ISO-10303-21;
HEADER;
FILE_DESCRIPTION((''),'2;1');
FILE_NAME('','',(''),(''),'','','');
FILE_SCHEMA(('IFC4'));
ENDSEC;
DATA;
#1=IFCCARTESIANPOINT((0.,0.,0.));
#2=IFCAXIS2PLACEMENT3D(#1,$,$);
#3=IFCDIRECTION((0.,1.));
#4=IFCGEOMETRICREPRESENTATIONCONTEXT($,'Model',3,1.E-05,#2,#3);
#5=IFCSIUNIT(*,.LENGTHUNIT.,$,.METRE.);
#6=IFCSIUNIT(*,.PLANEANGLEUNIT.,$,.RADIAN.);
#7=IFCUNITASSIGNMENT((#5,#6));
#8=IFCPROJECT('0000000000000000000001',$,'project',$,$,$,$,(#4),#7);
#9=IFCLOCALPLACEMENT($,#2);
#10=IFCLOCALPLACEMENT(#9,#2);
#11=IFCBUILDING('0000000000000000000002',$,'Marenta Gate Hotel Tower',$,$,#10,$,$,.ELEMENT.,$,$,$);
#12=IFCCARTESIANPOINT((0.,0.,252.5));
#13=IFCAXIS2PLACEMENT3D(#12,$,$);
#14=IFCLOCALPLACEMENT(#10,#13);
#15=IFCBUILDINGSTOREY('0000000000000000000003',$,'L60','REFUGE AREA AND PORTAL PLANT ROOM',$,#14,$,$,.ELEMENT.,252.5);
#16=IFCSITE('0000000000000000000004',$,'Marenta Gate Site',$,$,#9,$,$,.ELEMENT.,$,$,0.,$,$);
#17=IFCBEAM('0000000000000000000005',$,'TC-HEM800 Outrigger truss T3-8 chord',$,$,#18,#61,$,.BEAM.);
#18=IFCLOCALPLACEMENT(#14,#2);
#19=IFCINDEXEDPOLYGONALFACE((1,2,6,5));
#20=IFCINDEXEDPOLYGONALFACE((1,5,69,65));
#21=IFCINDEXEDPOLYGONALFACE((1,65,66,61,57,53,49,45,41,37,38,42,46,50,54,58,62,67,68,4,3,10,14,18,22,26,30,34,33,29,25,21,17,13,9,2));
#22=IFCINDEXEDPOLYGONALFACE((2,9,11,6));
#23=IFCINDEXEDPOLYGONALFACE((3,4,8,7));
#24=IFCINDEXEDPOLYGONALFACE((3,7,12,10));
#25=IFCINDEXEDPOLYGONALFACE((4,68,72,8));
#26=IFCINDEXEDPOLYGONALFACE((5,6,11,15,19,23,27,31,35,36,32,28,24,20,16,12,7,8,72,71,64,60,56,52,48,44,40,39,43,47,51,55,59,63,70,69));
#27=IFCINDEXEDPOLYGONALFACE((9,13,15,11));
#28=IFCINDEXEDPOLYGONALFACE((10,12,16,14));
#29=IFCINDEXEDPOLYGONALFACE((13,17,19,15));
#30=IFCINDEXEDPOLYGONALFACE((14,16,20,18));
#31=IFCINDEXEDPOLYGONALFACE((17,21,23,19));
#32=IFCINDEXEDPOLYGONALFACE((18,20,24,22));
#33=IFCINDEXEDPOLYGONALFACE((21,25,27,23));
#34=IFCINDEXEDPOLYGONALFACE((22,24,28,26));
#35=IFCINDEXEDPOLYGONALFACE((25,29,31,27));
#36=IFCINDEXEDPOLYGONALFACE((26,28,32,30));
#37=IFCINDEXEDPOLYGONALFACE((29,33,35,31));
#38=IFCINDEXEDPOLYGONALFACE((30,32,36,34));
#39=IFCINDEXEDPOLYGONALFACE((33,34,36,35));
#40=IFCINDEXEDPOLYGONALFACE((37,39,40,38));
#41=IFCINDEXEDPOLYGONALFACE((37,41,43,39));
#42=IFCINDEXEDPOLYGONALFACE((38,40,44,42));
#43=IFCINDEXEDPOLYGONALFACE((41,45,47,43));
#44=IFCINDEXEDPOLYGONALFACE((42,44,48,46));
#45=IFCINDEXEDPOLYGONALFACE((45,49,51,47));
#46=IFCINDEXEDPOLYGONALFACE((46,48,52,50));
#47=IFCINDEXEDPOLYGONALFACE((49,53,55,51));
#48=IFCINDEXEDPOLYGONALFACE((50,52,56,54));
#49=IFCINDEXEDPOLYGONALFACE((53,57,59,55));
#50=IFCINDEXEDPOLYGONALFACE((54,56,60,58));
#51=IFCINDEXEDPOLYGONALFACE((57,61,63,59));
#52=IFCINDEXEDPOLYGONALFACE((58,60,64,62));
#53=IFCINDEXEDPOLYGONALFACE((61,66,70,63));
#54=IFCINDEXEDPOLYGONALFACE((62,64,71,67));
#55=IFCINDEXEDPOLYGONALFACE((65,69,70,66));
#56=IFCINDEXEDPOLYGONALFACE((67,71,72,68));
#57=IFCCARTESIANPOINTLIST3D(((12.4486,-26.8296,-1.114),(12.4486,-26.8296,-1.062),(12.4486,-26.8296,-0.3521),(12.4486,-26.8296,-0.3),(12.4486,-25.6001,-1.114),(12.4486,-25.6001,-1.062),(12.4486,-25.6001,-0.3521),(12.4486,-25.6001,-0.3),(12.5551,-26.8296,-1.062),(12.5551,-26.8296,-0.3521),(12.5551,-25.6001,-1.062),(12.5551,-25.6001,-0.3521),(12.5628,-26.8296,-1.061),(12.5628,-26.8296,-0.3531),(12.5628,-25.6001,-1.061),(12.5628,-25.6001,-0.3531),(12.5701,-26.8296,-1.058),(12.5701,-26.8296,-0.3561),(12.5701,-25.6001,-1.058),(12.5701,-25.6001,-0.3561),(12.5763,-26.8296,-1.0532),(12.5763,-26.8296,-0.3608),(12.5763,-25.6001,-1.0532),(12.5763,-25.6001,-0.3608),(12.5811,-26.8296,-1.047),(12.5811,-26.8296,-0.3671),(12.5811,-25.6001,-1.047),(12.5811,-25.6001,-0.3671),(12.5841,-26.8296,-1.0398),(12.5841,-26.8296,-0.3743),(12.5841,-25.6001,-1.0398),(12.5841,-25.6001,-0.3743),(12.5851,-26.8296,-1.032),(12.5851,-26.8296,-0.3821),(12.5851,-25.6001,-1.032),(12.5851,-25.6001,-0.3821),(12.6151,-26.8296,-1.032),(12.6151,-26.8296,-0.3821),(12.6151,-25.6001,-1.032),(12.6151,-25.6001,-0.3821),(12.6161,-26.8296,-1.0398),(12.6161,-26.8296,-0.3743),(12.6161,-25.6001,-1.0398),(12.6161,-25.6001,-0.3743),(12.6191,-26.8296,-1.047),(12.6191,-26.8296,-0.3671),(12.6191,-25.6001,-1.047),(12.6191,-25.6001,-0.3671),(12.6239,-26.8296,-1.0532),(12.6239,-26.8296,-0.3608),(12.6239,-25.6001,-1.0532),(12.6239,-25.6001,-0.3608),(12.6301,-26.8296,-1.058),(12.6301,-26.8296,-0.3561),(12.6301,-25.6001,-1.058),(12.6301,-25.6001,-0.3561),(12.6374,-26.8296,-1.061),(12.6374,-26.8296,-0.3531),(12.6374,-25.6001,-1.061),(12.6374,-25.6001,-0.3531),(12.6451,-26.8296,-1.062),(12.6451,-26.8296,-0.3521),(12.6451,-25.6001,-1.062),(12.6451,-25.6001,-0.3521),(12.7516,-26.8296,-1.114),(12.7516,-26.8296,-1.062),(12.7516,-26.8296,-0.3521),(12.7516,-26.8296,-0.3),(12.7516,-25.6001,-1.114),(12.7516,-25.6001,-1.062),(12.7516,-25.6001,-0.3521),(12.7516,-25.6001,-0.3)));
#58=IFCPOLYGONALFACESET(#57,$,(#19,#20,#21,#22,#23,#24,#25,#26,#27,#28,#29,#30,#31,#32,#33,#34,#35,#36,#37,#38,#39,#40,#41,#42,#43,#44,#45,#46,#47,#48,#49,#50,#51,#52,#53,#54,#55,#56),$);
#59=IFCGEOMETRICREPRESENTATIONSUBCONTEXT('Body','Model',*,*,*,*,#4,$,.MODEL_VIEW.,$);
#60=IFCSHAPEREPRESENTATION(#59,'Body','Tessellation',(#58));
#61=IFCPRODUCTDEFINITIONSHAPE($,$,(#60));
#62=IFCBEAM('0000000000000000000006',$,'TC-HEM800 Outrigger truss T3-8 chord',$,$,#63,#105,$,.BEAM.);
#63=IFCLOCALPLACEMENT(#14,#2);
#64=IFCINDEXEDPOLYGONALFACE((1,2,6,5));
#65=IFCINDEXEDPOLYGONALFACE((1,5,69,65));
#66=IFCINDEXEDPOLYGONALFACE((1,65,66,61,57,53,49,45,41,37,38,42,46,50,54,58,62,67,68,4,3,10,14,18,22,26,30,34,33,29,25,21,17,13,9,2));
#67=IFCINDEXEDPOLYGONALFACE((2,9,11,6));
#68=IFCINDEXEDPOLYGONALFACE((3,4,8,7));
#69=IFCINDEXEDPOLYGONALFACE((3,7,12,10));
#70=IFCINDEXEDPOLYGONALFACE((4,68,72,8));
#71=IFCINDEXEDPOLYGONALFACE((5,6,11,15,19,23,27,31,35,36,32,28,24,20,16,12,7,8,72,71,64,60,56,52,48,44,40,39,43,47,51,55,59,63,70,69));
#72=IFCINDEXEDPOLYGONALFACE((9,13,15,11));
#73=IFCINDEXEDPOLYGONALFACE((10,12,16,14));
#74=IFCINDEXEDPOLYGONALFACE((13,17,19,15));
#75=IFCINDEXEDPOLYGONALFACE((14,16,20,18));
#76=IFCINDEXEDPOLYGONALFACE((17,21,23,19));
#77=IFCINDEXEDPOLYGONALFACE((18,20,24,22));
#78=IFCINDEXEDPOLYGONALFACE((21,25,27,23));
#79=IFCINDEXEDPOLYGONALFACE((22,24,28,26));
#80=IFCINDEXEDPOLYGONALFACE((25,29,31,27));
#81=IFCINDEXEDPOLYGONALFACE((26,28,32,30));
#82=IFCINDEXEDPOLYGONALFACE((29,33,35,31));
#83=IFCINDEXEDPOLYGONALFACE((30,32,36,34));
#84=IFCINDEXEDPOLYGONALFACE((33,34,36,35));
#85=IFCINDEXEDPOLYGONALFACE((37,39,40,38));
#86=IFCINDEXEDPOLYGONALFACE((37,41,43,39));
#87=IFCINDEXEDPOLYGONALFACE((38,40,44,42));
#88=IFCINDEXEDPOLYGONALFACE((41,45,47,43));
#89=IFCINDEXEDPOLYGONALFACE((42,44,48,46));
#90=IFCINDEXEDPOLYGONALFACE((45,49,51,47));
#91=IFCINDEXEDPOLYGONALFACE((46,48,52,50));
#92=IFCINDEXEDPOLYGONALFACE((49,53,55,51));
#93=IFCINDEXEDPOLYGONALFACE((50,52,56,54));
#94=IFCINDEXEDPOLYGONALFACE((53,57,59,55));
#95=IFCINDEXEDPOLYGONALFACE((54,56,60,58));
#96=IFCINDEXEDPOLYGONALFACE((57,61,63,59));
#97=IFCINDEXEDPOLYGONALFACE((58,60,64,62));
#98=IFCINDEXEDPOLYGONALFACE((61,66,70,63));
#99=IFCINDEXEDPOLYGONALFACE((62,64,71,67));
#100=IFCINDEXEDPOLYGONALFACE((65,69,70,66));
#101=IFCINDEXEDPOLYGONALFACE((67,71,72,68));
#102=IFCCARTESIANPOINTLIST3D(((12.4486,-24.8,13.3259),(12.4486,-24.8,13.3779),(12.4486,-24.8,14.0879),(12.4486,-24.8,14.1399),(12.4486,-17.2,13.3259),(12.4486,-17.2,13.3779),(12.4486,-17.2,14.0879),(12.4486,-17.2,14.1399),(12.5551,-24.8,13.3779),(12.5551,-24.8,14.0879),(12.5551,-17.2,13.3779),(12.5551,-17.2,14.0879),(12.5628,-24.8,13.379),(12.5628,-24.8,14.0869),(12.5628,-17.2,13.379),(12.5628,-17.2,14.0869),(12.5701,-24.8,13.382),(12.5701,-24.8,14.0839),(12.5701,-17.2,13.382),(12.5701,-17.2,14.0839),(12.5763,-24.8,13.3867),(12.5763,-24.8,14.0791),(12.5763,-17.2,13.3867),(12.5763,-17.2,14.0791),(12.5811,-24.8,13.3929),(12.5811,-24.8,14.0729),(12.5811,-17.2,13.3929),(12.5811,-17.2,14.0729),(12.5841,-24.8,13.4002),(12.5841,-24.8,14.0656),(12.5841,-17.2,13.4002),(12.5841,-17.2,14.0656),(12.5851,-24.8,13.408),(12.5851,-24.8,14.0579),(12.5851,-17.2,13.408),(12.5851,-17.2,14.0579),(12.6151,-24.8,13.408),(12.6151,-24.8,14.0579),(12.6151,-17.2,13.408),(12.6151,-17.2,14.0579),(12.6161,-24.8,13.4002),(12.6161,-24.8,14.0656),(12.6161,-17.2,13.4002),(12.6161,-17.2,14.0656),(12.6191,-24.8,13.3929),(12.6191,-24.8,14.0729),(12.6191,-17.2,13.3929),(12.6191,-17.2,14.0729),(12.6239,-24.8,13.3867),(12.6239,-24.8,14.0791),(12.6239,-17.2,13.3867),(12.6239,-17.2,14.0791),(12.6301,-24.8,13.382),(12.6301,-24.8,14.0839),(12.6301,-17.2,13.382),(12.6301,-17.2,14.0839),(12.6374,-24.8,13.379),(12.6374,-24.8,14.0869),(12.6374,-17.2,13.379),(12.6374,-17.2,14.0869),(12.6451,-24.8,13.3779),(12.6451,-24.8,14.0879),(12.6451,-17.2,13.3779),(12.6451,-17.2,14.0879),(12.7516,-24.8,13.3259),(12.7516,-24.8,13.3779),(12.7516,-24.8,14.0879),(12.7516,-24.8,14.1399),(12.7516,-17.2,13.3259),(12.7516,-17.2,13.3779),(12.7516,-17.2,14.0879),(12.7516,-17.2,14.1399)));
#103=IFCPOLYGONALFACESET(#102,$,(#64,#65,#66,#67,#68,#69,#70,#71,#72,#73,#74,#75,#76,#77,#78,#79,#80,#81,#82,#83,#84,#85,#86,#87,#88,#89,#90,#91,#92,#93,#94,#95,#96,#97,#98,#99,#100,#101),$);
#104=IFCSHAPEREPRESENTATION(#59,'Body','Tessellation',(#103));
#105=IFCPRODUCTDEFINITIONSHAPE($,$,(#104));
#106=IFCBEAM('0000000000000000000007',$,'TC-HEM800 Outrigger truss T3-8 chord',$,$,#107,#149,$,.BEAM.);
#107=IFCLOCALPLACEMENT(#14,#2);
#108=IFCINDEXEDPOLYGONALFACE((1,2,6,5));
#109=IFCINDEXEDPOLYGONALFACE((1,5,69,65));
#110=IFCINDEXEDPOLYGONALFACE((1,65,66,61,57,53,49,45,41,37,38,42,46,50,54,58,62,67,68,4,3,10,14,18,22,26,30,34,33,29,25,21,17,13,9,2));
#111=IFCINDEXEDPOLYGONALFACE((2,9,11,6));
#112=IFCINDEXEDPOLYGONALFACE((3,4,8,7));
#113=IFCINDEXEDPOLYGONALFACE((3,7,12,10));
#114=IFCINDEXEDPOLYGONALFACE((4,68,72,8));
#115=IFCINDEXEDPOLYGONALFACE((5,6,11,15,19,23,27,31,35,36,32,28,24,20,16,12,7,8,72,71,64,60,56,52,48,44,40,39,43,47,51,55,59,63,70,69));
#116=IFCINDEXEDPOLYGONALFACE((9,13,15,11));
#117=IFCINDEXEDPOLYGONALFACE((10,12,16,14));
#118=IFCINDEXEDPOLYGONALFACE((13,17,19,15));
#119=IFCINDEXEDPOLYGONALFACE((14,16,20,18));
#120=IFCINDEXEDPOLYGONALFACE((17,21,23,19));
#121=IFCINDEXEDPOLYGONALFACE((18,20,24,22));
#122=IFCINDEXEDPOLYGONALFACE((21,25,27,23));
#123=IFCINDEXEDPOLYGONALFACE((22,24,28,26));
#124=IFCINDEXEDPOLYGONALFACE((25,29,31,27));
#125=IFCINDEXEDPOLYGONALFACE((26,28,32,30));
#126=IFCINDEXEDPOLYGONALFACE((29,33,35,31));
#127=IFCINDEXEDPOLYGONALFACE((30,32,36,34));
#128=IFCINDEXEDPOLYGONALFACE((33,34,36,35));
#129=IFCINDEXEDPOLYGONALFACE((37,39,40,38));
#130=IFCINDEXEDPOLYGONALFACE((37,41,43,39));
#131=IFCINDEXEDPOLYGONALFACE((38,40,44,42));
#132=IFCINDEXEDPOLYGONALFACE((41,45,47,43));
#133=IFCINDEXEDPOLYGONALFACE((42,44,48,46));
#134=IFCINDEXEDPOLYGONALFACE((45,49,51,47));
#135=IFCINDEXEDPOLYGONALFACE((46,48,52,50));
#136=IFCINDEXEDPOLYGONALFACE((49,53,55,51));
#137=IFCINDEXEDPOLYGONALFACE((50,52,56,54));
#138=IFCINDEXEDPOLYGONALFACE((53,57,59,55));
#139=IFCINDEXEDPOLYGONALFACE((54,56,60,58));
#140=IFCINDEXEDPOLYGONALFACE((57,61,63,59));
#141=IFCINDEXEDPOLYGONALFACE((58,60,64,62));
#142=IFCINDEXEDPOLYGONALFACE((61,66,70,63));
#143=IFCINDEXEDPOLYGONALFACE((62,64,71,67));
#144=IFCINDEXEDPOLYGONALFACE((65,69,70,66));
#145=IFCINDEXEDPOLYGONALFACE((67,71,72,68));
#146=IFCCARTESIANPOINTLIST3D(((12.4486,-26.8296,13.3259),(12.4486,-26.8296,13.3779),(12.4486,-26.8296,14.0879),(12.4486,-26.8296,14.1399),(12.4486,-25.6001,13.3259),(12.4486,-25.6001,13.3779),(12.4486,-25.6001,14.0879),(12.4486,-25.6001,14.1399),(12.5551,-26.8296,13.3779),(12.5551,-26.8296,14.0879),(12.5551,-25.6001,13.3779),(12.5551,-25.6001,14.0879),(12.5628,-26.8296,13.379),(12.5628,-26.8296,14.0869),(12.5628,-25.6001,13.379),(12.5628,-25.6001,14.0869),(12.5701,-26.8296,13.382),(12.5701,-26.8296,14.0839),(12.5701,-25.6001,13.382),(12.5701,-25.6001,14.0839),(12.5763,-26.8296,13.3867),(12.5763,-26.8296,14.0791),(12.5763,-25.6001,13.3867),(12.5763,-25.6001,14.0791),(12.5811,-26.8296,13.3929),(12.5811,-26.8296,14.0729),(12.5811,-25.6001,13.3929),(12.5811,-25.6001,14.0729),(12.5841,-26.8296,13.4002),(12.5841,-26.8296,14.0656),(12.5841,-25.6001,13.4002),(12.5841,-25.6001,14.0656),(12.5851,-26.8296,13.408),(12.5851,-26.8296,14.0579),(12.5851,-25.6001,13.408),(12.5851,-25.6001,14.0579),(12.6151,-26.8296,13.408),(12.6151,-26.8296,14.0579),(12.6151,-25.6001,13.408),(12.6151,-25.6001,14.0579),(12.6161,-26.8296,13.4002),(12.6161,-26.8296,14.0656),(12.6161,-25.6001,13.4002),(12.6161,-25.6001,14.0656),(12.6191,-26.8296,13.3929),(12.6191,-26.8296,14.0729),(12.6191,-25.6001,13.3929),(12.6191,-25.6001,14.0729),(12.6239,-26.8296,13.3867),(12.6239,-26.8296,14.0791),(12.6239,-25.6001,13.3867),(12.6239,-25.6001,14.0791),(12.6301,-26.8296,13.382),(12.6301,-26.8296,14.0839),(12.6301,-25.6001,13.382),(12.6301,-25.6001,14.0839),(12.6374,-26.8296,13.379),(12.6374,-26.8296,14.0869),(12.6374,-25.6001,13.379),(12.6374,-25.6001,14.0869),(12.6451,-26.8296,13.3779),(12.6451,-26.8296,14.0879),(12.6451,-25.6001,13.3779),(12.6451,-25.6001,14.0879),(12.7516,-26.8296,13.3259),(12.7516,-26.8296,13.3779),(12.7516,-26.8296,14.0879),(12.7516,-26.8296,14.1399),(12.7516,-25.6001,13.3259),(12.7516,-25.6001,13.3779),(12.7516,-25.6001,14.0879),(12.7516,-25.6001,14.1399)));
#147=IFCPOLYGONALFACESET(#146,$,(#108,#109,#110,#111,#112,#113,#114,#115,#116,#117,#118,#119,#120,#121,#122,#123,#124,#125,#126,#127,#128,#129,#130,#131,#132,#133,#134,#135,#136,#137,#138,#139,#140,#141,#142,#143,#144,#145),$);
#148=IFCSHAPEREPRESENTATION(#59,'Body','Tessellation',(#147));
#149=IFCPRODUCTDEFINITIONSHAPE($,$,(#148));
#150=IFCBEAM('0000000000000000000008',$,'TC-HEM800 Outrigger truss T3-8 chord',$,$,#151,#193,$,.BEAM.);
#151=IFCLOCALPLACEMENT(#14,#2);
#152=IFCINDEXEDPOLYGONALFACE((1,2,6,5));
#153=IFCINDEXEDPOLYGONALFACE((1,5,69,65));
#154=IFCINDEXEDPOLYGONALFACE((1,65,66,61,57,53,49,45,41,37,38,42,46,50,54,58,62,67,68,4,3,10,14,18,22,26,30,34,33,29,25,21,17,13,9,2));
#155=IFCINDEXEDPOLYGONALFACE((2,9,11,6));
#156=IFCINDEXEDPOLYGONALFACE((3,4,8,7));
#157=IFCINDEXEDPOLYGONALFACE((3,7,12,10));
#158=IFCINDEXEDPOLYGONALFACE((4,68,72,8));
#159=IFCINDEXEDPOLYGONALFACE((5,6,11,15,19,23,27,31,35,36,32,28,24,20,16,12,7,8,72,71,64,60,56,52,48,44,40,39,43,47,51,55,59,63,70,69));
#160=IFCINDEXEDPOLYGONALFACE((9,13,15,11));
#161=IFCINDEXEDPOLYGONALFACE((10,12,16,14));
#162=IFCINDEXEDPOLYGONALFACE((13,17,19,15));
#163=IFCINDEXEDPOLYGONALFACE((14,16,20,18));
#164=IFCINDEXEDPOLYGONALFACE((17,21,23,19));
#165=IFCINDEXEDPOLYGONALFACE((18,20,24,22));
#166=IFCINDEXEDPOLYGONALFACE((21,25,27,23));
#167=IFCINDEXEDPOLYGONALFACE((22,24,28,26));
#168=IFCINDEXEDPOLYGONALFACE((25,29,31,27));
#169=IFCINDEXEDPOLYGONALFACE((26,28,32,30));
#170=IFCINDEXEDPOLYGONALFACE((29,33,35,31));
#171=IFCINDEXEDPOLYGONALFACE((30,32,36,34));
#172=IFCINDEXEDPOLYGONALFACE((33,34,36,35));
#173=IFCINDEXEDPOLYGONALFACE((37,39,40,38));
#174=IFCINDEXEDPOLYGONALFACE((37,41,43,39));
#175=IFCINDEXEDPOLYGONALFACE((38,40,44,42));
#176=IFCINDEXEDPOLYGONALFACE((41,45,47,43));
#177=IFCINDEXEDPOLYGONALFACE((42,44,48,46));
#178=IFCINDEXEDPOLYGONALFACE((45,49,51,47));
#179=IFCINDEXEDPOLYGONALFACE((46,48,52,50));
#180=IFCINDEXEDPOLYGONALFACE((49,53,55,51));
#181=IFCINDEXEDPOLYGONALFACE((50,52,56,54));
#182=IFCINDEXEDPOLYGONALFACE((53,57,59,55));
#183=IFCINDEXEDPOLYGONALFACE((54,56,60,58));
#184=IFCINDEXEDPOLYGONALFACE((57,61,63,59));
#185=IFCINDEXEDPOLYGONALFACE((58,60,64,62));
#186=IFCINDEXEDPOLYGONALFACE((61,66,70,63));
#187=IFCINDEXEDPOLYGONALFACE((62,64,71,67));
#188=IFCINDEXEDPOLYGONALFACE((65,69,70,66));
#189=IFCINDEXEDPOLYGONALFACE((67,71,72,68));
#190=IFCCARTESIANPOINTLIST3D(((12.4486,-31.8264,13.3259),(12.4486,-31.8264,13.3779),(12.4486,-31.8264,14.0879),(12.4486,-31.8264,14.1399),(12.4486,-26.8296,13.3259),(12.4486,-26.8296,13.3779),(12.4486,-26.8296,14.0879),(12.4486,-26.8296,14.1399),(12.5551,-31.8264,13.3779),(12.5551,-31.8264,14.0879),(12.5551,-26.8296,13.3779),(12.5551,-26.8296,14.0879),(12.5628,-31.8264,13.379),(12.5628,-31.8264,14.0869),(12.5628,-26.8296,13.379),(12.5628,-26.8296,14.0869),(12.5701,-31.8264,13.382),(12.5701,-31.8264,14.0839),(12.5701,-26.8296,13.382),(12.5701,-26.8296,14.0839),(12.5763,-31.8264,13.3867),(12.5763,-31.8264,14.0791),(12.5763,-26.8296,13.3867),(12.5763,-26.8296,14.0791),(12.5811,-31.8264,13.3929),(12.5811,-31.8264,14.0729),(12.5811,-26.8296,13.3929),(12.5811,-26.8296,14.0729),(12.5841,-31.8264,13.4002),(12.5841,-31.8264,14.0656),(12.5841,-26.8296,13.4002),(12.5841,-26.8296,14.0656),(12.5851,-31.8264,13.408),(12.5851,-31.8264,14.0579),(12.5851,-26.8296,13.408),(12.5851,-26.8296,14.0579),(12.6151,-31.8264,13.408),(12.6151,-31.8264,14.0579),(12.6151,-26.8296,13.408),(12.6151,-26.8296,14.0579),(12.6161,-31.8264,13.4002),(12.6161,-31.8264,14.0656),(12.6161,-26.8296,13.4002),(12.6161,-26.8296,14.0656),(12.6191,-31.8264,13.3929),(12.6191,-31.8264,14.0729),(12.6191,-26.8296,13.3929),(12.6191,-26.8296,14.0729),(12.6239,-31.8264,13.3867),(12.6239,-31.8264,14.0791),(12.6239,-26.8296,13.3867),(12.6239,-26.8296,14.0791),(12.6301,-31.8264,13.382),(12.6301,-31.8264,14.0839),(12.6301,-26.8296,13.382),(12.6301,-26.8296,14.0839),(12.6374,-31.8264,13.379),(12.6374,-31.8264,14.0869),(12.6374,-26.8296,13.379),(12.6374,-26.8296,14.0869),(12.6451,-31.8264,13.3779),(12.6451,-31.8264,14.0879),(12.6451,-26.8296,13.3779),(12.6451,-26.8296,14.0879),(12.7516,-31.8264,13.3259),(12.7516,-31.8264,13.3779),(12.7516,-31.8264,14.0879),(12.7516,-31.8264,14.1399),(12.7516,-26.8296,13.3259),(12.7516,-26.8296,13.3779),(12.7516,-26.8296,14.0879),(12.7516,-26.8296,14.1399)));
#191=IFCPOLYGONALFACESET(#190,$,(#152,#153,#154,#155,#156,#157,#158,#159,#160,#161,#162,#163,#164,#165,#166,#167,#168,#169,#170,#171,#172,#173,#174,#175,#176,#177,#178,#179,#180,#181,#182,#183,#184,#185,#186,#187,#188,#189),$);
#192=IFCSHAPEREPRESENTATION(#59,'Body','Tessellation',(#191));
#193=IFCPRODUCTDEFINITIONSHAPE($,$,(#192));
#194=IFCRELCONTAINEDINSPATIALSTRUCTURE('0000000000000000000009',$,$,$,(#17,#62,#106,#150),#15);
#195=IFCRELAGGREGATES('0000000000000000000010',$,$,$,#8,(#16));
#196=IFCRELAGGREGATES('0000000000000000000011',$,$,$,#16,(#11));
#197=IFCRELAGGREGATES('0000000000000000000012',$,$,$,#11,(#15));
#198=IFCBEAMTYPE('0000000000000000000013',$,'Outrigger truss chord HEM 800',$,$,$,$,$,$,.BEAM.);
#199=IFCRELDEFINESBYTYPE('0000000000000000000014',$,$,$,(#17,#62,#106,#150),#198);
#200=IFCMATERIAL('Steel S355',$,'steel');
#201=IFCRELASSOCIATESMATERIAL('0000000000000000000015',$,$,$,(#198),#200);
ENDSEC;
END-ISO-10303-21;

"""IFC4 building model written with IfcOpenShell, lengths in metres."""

from ifc_helpers import new_model, si_unit, direction, frame, origin, origin_2d, place, context, subcontext, project, spatial, i_section, extrude, material, material_profile, profile_set, type_object, element, save


model = new_model("IFC4")

# Units and contexts
model_context = context("Model", 3, precision=1e-05, world=origin(), true_north=direction((0.0, 1.0)))
body_context = subcontext(model_context, "Body", "Model", "MODEL_VIEW")
ifc_project = project(units=[si_unit("LENGTHUNIT", "METRE"), si_unit("PLANEANGLEUNIT", "RADIAN")], contexts=[model_context])

# Site, building, storey
site_placement = place(None, origin())
site = spatial("IfcSite", under=ifc_project, at=site_placement, Name="Marenta Gate Site", CompositionType="ELEMENT", RefElevation=0.0)
building_placement = place(site_placement, origin())
building = spatial("IfcBuilding", under=site, at=building_placement, Name="Marenta Gate Hotel Tower", CompositionType="ELEMENT")
storey_placement = place(building_placement, frame((0.0, 0.0, 252.5)))
storey = spatial("IfcBuildingStorey", under=building, at=storey_placement, Name="L60", Description="REFUGE AREA AND PORTAL PLANT ROOM", CompositionType="ELEMENT", Elevation=252.5)

# Beams
ifc_material_1 = material(Name="Steel S355", Category="steel")
ifc_material_profile_1 = material_profile(ifc_material_1, i_section(OverallWidth=0.303, OverallDepth=0.814, WebThickness=0.03, FlangeThickness=0.052, FilletRadius=0.03, at=origin_2d()), Name="HEM 800")
ifc_profile_set_1 = profile_set([ifc_material_profile_1], Name="Steel S355")
beam_type_1 = type_object("IfcBeamType", Name="Outrigger truss chord HEM 800", PredefinedType="BEAM", material=ifc_profile_set_1)
beam_1_placement = place(storey_placement, frame((12.6001, -25.6001, -0.707), z_axis=(0.0, -1.0, 0.0), x_axis=(1.0, 0.0, 0.0)))
element("IfcBeam", 1, at=beam_1_placement, inside=storey, type_object=beam_type_1, Name="TC-HEM800 Outrigger truss T3-8 chord", PredefinedType="BEAM", context=body_context, shape_type="SweptSolid", body=[
    extrude(i_section(OverallWidth=0.303, OverallDepth=0.814, WebThickness=0.03, FlangeThickness=0.052, FilletRadius=0.03, at=origin_2d()), origin(), (0.0, 0.0, 1.0), 1.2295),
])
beam_2_placement = place(storey_placement, frame((12.6001, -17.2, 13.7329), z_axis=(0.0, -1.0, 0.0), x_axis=(1.0, 0.0, 0.0)))
element("IfcBeam", 2, at=beam_2_placement, inside=storey, type_object=beam_type_1, Name="TC-HEM800 Outrigger truss T3-8 chord", PredefinedType="BEAM", context=body_context, shape_type="SweptSolid", body=[
    extrude(i_section(OverallWidth=0.303, OverallDepth=0.814, WebThickness=0.03, FlangeThickness=0.052, FilletRadius=0.03, at=origin_2d()), origin(), (0.0, 0.0, 1.0), 7.6001),
])
beam_3_placement = place(storey_placement, frame((12.6001, -25.6001, 13.7329), z_axis=(0.0, -1.0, 0.0), x_axis=(1.0, 0.0, 0.0)))
element("IfcBeam", 3, at=beam_3_placement, inside=storey, type_object=beam_type_1, Name="TC-HEM800 Outrigger truss T3-8 chord", PredefinedType="BEAM", context=body_context, shape_type="SweptSolid", body=[
    extrude(i_section(OverallWidth=0.303, OverallDepth=0.814, WebThickness=0.03, FlangeThickness=0.052, FilletRadius=0.03, at=origin_2d()), origin(), (0.0, 0.0, 1.0), 1.2295),
])
beam_4_placement = place(storey_placement, frame((12.6001, -26.8296, 13.7329), z_axis=(0.0, -1.0, 0.0), x_axis=(1.0, 0.0, 0.0)))
element("IfcBeam", 4, at=beam_4_placement, inside=storey, type_object=beam_type_1, Name="TC-HEM800 Outrigger truss T3-8 chord", PredefinedType="BEAM", context=body_context, shape_type="SweptSolid", body=[
    extrude(i_section(OverallWidth=0.303, OverallDepth=0.814, WebThickness=0.03, FlangeThickness=0.052, FilletRadius=0.03, at=origin_2d()), origin(), (0.0, 0.0, 1.0), 4.9968),
])

save(model, "model.ifc")
